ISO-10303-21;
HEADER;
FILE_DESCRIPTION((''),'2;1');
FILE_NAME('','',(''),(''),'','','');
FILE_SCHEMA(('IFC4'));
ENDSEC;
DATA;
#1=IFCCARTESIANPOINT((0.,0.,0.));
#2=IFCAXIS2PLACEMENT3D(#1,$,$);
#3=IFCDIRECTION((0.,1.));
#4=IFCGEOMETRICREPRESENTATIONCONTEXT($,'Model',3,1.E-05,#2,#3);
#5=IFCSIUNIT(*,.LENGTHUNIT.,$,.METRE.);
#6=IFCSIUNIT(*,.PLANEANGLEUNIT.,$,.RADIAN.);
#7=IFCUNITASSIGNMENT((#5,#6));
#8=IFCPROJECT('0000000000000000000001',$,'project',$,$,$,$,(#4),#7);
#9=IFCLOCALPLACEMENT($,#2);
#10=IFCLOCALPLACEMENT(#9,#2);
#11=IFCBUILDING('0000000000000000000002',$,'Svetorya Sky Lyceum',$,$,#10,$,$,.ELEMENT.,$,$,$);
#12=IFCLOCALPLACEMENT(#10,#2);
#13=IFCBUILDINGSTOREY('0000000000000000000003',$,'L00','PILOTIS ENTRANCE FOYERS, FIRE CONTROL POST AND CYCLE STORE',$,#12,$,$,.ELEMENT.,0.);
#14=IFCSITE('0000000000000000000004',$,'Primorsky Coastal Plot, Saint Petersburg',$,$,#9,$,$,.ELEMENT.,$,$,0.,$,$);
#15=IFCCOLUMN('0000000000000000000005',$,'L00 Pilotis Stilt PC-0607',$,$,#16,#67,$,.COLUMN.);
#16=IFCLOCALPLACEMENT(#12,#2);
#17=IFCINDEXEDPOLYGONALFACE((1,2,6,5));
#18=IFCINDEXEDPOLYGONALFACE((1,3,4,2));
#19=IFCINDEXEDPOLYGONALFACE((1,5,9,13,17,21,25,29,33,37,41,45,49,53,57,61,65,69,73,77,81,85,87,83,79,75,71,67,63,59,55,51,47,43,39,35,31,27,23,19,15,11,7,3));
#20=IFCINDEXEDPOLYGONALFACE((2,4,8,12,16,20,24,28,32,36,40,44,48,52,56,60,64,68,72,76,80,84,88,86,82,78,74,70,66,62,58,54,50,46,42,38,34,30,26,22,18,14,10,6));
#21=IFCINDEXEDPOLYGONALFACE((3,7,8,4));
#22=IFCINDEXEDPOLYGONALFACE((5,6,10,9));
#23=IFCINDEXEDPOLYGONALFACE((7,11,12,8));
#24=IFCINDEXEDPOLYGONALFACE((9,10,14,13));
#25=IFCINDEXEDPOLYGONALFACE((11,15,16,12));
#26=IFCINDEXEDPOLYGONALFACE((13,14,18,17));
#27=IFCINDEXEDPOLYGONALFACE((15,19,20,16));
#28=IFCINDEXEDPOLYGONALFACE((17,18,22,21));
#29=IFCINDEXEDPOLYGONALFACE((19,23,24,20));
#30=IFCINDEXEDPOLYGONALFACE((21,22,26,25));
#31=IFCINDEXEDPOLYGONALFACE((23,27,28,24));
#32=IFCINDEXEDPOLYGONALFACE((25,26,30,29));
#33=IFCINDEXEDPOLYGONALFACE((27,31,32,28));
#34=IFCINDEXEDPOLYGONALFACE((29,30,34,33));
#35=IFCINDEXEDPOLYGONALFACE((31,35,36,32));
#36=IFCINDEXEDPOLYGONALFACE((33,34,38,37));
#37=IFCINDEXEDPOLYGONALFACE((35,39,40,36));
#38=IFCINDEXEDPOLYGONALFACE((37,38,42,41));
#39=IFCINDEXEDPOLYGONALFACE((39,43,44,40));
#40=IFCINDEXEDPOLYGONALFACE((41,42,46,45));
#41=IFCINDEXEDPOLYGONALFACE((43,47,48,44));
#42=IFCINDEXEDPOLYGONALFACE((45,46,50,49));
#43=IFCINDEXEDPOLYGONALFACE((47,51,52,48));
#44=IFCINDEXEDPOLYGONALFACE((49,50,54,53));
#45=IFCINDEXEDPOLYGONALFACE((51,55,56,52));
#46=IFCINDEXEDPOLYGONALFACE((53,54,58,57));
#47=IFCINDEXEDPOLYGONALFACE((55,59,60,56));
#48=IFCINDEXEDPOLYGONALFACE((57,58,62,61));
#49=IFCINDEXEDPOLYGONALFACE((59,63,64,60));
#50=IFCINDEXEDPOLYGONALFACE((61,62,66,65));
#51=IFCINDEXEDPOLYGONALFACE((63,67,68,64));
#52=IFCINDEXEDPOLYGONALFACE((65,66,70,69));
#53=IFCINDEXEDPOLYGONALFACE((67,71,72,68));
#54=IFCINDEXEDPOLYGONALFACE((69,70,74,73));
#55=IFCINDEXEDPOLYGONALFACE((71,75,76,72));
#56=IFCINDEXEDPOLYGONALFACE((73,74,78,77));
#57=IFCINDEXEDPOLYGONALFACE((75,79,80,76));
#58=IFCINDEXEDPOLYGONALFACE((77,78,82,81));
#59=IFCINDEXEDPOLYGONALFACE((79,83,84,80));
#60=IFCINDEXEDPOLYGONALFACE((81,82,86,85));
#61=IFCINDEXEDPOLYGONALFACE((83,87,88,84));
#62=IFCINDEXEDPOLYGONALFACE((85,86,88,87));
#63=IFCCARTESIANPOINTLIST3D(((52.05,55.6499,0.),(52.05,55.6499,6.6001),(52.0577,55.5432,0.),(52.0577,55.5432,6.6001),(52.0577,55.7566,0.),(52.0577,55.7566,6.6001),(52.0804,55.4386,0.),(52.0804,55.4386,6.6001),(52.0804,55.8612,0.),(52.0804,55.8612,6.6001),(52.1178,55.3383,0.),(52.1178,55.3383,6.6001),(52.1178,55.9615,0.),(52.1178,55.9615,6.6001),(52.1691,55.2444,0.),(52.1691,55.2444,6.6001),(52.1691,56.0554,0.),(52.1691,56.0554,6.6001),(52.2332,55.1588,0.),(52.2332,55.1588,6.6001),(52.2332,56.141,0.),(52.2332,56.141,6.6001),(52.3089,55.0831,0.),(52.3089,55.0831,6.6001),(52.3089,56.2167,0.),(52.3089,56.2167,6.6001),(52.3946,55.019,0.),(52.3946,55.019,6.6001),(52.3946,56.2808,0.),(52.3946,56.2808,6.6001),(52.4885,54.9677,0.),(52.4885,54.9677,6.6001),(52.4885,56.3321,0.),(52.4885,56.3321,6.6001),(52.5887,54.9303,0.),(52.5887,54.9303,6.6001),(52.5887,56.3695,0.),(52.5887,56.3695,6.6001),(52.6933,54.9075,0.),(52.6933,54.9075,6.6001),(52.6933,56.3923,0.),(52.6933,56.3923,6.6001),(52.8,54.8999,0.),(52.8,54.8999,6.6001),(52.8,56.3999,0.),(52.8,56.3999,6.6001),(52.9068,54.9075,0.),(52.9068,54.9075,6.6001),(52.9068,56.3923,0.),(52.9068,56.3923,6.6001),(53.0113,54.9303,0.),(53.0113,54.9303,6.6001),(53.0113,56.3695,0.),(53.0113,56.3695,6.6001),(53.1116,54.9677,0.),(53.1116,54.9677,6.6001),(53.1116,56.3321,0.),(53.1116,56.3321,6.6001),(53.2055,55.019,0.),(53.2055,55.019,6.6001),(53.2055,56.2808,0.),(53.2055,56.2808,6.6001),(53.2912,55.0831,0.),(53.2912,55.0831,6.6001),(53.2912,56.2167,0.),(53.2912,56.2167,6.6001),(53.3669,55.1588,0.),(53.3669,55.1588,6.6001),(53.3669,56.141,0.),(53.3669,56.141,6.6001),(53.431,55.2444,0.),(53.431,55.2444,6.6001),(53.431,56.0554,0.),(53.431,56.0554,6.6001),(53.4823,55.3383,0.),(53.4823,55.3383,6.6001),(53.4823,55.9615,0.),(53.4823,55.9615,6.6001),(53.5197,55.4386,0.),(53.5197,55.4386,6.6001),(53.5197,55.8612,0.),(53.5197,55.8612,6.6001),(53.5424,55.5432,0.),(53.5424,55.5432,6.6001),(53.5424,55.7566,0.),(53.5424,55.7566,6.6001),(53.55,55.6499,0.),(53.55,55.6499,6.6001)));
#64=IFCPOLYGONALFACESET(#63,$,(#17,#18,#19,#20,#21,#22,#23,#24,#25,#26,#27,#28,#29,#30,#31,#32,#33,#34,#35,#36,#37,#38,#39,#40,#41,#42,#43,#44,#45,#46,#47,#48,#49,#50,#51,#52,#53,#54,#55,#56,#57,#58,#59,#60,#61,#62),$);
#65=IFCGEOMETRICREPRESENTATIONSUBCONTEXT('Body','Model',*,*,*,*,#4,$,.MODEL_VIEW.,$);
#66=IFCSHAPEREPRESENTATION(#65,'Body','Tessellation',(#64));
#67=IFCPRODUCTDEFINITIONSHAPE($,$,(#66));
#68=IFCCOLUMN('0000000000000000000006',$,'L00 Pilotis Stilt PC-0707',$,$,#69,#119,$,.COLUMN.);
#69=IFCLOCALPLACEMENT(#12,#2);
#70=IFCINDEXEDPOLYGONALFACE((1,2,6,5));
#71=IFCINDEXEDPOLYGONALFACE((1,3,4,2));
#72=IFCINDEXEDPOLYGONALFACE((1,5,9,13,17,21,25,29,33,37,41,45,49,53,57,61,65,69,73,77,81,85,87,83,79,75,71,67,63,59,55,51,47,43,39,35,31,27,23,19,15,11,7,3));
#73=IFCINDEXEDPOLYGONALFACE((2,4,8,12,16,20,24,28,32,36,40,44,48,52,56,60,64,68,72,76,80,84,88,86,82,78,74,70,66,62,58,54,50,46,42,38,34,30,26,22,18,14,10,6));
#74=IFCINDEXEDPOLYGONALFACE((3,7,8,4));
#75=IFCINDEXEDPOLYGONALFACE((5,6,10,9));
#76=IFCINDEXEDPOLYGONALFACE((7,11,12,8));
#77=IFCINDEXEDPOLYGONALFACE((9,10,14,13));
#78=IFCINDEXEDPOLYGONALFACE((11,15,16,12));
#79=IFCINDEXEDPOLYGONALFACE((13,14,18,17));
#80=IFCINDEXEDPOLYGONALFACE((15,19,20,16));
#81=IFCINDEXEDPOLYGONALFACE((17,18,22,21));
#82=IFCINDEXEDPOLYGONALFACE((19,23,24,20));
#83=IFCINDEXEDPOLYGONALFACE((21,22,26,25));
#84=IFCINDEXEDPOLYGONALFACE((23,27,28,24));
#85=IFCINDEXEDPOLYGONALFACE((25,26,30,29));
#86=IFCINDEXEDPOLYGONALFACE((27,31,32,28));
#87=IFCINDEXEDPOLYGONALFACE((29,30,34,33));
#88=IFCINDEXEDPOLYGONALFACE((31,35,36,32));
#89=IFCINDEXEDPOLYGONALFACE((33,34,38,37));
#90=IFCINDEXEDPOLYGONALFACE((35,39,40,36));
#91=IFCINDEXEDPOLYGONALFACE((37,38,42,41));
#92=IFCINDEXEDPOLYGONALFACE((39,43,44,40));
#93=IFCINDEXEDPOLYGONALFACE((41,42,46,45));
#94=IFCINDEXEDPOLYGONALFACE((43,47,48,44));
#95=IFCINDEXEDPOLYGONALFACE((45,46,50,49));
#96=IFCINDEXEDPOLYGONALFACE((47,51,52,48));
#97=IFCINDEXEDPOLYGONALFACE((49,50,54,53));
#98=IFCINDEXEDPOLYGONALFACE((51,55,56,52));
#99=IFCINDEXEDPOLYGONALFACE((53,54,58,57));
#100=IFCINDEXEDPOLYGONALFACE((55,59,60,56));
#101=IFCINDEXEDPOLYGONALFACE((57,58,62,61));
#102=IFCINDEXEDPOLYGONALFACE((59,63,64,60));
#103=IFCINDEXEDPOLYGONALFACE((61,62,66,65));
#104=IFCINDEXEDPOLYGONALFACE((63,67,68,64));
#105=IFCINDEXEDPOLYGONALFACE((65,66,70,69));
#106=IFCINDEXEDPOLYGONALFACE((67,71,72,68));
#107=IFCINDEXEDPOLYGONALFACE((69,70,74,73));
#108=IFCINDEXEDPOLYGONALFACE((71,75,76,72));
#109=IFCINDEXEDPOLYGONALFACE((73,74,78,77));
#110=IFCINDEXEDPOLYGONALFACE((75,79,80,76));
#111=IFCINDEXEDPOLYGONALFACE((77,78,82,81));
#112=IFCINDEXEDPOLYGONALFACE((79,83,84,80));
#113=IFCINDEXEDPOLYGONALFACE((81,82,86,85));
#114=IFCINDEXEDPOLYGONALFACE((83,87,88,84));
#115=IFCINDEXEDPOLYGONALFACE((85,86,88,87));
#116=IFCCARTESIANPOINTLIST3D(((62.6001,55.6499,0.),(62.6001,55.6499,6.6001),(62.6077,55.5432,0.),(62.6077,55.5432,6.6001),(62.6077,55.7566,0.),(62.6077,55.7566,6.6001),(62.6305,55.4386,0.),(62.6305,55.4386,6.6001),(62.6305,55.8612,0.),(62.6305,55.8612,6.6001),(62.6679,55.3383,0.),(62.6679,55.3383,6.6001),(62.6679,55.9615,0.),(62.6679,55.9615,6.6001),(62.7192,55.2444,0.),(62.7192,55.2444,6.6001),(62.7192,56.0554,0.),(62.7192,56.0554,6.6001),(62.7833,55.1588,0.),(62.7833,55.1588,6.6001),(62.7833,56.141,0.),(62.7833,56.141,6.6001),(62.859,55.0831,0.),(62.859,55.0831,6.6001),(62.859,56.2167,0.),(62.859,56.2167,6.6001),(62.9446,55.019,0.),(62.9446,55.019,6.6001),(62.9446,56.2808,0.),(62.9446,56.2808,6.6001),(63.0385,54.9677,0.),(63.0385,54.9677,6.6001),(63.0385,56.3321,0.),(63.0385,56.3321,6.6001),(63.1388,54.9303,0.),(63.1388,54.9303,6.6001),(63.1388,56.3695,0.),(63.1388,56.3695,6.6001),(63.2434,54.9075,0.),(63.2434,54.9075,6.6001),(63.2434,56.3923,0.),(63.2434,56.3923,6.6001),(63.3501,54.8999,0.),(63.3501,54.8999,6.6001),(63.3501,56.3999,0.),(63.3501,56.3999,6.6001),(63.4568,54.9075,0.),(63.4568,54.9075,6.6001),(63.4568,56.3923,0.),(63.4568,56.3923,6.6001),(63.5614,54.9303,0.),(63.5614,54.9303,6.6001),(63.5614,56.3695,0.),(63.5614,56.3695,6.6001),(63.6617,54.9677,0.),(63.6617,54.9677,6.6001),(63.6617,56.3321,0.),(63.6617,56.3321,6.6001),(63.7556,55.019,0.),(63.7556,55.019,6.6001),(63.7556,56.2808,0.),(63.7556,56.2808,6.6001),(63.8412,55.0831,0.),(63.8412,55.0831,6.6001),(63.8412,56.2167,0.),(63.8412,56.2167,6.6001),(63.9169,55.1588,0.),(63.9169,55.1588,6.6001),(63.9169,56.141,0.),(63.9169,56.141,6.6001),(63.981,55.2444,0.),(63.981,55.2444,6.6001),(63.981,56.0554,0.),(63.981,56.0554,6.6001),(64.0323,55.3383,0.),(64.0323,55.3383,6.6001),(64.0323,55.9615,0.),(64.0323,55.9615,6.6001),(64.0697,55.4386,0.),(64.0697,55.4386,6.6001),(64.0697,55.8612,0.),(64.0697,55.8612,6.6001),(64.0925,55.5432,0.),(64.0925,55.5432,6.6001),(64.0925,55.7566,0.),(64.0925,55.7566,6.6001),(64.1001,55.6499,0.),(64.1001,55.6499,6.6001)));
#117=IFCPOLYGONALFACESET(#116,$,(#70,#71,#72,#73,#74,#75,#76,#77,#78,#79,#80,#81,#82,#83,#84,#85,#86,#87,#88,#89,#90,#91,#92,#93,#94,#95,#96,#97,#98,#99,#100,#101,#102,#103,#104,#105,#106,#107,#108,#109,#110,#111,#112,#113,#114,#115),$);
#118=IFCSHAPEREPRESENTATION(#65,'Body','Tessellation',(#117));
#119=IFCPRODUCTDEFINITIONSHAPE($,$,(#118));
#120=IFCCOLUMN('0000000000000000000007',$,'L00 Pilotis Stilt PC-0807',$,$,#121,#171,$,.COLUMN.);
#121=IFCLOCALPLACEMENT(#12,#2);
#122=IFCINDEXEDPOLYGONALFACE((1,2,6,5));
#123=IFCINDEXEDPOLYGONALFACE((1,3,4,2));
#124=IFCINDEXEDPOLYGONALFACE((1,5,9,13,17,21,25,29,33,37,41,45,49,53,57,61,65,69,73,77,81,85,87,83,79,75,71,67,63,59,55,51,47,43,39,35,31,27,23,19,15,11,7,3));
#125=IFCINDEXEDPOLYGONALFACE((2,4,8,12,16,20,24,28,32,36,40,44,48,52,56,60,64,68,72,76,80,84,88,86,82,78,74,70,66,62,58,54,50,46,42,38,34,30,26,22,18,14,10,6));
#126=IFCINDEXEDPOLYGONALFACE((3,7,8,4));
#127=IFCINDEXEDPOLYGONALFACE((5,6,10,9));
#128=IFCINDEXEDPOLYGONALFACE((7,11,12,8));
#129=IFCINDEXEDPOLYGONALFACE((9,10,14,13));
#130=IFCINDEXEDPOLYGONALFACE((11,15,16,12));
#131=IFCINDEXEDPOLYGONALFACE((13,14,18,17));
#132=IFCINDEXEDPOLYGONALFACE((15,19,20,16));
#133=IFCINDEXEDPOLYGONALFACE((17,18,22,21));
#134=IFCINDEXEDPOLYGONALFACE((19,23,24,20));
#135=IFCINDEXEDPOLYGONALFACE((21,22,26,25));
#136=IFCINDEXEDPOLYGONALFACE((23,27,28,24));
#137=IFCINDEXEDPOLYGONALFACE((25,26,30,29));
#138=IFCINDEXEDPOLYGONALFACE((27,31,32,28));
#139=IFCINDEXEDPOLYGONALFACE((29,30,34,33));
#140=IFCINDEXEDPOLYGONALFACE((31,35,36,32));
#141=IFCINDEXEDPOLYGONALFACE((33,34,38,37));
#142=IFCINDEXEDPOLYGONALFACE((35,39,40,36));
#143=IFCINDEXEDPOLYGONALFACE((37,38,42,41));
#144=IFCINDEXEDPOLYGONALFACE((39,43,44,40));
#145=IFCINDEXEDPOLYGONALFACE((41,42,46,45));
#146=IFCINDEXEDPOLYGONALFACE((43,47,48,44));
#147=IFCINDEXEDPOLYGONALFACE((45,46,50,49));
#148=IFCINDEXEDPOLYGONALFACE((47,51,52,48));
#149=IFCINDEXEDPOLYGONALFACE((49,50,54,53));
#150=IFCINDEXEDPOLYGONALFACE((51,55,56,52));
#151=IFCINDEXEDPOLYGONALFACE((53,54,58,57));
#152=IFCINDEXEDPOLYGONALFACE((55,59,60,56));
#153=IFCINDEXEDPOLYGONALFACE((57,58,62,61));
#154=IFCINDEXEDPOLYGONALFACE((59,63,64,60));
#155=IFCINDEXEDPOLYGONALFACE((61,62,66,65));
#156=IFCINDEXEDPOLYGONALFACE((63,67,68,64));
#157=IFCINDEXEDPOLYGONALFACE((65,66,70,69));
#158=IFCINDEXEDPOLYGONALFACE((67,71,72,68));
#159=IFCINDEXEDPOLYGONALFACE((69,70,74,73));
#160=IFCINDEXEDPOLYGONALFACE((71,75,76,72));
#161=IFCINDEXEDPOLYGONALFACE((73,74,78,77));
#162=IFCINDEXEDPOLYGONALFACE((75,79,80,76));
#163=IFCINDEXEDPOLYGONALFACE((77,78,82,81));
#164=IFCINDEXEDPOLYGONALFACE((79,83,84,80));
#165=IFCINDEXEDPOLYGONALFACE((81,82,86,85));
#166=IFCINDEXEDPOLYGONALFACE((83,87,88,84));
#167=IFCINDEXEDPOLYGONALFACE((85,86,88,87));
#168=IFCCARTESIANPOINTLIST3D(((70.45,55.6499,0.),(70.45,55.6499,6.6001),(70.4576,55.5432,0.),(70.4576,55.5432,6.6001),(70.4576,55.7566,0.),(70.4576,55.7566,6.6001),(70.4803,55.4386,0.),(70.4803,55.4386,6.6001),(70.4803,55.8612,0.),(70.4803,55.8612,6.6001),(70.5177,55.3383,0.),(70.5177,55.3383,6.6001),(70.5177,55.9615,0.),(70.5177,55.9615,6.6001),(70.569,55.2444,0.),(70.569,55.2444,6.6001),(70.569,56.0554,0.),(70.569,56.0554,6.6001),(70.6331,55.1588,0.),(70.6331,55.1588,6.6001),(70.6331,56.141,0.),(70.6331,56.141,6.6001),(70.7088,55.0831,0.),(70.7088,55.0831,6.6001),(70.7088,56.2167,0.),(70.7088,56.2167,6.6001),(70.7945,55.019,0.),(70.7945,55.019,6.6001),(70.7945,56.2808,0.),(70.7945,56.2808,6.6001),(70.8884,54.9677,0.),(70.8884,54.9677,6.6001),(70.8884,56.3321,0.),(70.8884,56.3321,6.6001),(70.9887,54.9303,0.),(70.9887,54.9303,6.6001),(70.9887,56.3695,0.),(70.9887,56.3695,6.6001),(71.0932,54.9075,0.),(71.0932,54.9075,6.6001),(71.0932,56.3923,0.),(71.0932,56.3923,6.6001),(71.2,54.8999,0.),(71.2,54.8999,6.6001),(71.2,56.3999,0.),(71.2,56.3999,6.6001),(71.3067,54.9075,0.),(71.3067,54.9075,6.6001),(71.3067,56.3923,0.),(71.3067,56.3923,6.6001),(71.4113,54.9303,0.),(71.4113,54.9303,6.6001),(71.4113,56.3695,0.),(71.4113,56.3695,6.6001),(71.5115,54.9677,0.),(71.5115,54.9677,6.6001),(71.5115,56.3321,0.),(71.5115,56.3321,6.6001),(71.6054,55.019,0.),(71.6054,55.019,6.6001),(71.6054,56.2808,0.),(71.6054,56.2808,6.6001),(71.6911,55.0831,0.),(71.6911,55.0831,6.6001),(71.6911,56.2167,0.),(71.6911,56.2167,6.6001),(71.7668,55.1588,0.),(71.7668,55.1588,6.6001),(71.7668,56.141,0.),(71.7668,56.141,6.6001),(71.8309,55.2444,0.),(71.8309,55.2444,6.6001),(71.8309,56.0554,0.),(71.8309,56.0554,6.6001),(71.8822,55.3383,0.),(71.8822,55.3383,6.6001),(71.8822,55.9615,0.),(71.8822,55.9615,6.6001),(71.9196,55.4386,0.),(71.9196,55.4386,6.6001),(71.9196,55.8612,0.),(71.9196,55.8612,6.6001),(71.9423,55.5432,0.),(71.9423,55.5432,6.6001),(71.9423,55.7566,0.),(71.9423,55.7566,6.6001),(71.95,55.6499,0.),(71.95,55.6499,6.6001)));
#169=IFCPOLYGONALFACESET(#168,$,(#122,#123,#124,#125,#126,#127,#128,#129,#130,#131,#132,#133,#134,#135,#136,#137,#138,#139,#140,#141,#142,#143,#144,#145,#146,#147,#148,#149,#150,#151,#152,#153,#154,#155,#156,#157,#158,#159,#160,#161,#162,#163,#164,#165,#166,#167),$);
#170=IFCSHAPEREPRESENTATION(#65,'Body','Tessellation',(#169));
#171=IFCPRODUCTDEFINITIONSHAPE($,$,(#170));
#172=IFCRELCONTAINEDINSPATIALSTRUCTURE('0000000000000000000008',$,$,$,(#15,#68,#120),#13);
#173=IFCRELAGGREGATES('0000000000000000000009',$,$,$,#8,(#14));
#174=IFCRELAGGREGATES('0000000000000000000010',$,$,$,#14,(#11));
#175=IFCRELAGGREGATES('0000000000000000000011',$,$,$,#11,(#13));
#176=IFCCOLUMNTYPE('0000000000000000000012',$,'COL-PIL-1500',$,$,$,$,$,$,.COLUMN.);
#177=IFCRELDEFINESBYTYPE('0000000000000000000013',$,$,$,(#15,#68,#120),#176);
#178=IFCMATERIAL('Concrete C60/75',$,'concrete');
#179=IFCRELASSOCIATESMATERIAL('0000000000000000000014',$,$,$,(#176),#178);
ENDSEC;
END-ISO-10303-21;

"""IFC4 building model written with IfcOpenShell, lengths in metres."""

from ifc_helpers import new_model, si_unit, direction, frame, origin, origin_2d, place, context, subcontext, project, spatial, circle, extrude, material, material_profile, profile_set, type_object, element, save


model = new_model("IFC4")

# Units and contexts
model_context = context("Model", 3, precision=1e-05, world=origin(), true_north=direction((0.0, 1.0)))
body_context = subcontext(model_context, "Body", "Model", "MODEL_VIEW")
ifc_project = project(units=[si_unit("LENGTHUNIT", "METRE"), si_unit("PLANEANGLEUNIT", "RADIAN")], contexts=[model_context])

# Site, building, storey
site_placement = place(None, origin())
site = spatial("IfcSite", under=ifc_project, at=site_placement, Name="Primorsky Coastal Plot, Saint Petersburg", CompositionType="ELEMENT", RefElevation=0.0)
building_placement = place(site_placement, origin())
building = spatial("IfcBuilding", under=site, at=building_placement, Name="Svetorya Sky Lyceum", CompositionType="ELEMENT")
storey_placement = place(building_placement, origin())
storey = spatial("IfcBuildingStorey", under=building, at=storey_placement, Name="L00", Description="PILOTIS ENTRANCE FOYERS, FIRE CONTROL POST AND CYCLE STORE", CompositionType="ELEMENT", Elevation=0.0)

# Columns
ifc_material_1 = material(Name="Concrete C60/75", Category="concrete")
ifc_material_profile_1 = material_profile(ifc_material_1, circle(Radius=0.75, at=origin_2d()), Name="RC PILOTI D1500")
ifc_profile_set_1 = profile_set([ifc_material_profile_1], Name="Concrete C60/75")
column_type_1 = type_object("IfcColumnType", Name="COL-PIL-1500", PredefinedType="COLUMN", material=ifc_profile_set_1)
for number, where, z_axis, x_axis, name in (
    (1, (52.8, 55.6499, 0.0), (0.0, 0.0, 1.0), (1.0, 0.0, 0.0), "L00 Pilotis Stilt PC-0607"),
    (2, (63.3501, 55.6499, 0.0), (0.0, 0.0, 1.0), (1.0, 0.0, 0.0), "L00 Pilotis Stilt PC-0707"),
    (3, (71.2, 55.6499, 0.0), (0.0, 0.0, 1.0), (1.0, 0.0, 0.0), "L00 Pilotis Stilt PC-0807"),
):
    element("IfcColumn", number, at=place(storey_placement, frame(where, z_axis=z_axis, x_axis=x_axis)), inside=storey, type_object=column_type_1, Name=name, PredefinedType="COLUMN", context=body_context, shape_type="SweptSolid", body=[
        extrude(circle(Radius=0.75, at=origin_2d()), origin(), (0.0, 0.0, 1.0), 6.6001),
    ])

save(model, "model.ifc")
